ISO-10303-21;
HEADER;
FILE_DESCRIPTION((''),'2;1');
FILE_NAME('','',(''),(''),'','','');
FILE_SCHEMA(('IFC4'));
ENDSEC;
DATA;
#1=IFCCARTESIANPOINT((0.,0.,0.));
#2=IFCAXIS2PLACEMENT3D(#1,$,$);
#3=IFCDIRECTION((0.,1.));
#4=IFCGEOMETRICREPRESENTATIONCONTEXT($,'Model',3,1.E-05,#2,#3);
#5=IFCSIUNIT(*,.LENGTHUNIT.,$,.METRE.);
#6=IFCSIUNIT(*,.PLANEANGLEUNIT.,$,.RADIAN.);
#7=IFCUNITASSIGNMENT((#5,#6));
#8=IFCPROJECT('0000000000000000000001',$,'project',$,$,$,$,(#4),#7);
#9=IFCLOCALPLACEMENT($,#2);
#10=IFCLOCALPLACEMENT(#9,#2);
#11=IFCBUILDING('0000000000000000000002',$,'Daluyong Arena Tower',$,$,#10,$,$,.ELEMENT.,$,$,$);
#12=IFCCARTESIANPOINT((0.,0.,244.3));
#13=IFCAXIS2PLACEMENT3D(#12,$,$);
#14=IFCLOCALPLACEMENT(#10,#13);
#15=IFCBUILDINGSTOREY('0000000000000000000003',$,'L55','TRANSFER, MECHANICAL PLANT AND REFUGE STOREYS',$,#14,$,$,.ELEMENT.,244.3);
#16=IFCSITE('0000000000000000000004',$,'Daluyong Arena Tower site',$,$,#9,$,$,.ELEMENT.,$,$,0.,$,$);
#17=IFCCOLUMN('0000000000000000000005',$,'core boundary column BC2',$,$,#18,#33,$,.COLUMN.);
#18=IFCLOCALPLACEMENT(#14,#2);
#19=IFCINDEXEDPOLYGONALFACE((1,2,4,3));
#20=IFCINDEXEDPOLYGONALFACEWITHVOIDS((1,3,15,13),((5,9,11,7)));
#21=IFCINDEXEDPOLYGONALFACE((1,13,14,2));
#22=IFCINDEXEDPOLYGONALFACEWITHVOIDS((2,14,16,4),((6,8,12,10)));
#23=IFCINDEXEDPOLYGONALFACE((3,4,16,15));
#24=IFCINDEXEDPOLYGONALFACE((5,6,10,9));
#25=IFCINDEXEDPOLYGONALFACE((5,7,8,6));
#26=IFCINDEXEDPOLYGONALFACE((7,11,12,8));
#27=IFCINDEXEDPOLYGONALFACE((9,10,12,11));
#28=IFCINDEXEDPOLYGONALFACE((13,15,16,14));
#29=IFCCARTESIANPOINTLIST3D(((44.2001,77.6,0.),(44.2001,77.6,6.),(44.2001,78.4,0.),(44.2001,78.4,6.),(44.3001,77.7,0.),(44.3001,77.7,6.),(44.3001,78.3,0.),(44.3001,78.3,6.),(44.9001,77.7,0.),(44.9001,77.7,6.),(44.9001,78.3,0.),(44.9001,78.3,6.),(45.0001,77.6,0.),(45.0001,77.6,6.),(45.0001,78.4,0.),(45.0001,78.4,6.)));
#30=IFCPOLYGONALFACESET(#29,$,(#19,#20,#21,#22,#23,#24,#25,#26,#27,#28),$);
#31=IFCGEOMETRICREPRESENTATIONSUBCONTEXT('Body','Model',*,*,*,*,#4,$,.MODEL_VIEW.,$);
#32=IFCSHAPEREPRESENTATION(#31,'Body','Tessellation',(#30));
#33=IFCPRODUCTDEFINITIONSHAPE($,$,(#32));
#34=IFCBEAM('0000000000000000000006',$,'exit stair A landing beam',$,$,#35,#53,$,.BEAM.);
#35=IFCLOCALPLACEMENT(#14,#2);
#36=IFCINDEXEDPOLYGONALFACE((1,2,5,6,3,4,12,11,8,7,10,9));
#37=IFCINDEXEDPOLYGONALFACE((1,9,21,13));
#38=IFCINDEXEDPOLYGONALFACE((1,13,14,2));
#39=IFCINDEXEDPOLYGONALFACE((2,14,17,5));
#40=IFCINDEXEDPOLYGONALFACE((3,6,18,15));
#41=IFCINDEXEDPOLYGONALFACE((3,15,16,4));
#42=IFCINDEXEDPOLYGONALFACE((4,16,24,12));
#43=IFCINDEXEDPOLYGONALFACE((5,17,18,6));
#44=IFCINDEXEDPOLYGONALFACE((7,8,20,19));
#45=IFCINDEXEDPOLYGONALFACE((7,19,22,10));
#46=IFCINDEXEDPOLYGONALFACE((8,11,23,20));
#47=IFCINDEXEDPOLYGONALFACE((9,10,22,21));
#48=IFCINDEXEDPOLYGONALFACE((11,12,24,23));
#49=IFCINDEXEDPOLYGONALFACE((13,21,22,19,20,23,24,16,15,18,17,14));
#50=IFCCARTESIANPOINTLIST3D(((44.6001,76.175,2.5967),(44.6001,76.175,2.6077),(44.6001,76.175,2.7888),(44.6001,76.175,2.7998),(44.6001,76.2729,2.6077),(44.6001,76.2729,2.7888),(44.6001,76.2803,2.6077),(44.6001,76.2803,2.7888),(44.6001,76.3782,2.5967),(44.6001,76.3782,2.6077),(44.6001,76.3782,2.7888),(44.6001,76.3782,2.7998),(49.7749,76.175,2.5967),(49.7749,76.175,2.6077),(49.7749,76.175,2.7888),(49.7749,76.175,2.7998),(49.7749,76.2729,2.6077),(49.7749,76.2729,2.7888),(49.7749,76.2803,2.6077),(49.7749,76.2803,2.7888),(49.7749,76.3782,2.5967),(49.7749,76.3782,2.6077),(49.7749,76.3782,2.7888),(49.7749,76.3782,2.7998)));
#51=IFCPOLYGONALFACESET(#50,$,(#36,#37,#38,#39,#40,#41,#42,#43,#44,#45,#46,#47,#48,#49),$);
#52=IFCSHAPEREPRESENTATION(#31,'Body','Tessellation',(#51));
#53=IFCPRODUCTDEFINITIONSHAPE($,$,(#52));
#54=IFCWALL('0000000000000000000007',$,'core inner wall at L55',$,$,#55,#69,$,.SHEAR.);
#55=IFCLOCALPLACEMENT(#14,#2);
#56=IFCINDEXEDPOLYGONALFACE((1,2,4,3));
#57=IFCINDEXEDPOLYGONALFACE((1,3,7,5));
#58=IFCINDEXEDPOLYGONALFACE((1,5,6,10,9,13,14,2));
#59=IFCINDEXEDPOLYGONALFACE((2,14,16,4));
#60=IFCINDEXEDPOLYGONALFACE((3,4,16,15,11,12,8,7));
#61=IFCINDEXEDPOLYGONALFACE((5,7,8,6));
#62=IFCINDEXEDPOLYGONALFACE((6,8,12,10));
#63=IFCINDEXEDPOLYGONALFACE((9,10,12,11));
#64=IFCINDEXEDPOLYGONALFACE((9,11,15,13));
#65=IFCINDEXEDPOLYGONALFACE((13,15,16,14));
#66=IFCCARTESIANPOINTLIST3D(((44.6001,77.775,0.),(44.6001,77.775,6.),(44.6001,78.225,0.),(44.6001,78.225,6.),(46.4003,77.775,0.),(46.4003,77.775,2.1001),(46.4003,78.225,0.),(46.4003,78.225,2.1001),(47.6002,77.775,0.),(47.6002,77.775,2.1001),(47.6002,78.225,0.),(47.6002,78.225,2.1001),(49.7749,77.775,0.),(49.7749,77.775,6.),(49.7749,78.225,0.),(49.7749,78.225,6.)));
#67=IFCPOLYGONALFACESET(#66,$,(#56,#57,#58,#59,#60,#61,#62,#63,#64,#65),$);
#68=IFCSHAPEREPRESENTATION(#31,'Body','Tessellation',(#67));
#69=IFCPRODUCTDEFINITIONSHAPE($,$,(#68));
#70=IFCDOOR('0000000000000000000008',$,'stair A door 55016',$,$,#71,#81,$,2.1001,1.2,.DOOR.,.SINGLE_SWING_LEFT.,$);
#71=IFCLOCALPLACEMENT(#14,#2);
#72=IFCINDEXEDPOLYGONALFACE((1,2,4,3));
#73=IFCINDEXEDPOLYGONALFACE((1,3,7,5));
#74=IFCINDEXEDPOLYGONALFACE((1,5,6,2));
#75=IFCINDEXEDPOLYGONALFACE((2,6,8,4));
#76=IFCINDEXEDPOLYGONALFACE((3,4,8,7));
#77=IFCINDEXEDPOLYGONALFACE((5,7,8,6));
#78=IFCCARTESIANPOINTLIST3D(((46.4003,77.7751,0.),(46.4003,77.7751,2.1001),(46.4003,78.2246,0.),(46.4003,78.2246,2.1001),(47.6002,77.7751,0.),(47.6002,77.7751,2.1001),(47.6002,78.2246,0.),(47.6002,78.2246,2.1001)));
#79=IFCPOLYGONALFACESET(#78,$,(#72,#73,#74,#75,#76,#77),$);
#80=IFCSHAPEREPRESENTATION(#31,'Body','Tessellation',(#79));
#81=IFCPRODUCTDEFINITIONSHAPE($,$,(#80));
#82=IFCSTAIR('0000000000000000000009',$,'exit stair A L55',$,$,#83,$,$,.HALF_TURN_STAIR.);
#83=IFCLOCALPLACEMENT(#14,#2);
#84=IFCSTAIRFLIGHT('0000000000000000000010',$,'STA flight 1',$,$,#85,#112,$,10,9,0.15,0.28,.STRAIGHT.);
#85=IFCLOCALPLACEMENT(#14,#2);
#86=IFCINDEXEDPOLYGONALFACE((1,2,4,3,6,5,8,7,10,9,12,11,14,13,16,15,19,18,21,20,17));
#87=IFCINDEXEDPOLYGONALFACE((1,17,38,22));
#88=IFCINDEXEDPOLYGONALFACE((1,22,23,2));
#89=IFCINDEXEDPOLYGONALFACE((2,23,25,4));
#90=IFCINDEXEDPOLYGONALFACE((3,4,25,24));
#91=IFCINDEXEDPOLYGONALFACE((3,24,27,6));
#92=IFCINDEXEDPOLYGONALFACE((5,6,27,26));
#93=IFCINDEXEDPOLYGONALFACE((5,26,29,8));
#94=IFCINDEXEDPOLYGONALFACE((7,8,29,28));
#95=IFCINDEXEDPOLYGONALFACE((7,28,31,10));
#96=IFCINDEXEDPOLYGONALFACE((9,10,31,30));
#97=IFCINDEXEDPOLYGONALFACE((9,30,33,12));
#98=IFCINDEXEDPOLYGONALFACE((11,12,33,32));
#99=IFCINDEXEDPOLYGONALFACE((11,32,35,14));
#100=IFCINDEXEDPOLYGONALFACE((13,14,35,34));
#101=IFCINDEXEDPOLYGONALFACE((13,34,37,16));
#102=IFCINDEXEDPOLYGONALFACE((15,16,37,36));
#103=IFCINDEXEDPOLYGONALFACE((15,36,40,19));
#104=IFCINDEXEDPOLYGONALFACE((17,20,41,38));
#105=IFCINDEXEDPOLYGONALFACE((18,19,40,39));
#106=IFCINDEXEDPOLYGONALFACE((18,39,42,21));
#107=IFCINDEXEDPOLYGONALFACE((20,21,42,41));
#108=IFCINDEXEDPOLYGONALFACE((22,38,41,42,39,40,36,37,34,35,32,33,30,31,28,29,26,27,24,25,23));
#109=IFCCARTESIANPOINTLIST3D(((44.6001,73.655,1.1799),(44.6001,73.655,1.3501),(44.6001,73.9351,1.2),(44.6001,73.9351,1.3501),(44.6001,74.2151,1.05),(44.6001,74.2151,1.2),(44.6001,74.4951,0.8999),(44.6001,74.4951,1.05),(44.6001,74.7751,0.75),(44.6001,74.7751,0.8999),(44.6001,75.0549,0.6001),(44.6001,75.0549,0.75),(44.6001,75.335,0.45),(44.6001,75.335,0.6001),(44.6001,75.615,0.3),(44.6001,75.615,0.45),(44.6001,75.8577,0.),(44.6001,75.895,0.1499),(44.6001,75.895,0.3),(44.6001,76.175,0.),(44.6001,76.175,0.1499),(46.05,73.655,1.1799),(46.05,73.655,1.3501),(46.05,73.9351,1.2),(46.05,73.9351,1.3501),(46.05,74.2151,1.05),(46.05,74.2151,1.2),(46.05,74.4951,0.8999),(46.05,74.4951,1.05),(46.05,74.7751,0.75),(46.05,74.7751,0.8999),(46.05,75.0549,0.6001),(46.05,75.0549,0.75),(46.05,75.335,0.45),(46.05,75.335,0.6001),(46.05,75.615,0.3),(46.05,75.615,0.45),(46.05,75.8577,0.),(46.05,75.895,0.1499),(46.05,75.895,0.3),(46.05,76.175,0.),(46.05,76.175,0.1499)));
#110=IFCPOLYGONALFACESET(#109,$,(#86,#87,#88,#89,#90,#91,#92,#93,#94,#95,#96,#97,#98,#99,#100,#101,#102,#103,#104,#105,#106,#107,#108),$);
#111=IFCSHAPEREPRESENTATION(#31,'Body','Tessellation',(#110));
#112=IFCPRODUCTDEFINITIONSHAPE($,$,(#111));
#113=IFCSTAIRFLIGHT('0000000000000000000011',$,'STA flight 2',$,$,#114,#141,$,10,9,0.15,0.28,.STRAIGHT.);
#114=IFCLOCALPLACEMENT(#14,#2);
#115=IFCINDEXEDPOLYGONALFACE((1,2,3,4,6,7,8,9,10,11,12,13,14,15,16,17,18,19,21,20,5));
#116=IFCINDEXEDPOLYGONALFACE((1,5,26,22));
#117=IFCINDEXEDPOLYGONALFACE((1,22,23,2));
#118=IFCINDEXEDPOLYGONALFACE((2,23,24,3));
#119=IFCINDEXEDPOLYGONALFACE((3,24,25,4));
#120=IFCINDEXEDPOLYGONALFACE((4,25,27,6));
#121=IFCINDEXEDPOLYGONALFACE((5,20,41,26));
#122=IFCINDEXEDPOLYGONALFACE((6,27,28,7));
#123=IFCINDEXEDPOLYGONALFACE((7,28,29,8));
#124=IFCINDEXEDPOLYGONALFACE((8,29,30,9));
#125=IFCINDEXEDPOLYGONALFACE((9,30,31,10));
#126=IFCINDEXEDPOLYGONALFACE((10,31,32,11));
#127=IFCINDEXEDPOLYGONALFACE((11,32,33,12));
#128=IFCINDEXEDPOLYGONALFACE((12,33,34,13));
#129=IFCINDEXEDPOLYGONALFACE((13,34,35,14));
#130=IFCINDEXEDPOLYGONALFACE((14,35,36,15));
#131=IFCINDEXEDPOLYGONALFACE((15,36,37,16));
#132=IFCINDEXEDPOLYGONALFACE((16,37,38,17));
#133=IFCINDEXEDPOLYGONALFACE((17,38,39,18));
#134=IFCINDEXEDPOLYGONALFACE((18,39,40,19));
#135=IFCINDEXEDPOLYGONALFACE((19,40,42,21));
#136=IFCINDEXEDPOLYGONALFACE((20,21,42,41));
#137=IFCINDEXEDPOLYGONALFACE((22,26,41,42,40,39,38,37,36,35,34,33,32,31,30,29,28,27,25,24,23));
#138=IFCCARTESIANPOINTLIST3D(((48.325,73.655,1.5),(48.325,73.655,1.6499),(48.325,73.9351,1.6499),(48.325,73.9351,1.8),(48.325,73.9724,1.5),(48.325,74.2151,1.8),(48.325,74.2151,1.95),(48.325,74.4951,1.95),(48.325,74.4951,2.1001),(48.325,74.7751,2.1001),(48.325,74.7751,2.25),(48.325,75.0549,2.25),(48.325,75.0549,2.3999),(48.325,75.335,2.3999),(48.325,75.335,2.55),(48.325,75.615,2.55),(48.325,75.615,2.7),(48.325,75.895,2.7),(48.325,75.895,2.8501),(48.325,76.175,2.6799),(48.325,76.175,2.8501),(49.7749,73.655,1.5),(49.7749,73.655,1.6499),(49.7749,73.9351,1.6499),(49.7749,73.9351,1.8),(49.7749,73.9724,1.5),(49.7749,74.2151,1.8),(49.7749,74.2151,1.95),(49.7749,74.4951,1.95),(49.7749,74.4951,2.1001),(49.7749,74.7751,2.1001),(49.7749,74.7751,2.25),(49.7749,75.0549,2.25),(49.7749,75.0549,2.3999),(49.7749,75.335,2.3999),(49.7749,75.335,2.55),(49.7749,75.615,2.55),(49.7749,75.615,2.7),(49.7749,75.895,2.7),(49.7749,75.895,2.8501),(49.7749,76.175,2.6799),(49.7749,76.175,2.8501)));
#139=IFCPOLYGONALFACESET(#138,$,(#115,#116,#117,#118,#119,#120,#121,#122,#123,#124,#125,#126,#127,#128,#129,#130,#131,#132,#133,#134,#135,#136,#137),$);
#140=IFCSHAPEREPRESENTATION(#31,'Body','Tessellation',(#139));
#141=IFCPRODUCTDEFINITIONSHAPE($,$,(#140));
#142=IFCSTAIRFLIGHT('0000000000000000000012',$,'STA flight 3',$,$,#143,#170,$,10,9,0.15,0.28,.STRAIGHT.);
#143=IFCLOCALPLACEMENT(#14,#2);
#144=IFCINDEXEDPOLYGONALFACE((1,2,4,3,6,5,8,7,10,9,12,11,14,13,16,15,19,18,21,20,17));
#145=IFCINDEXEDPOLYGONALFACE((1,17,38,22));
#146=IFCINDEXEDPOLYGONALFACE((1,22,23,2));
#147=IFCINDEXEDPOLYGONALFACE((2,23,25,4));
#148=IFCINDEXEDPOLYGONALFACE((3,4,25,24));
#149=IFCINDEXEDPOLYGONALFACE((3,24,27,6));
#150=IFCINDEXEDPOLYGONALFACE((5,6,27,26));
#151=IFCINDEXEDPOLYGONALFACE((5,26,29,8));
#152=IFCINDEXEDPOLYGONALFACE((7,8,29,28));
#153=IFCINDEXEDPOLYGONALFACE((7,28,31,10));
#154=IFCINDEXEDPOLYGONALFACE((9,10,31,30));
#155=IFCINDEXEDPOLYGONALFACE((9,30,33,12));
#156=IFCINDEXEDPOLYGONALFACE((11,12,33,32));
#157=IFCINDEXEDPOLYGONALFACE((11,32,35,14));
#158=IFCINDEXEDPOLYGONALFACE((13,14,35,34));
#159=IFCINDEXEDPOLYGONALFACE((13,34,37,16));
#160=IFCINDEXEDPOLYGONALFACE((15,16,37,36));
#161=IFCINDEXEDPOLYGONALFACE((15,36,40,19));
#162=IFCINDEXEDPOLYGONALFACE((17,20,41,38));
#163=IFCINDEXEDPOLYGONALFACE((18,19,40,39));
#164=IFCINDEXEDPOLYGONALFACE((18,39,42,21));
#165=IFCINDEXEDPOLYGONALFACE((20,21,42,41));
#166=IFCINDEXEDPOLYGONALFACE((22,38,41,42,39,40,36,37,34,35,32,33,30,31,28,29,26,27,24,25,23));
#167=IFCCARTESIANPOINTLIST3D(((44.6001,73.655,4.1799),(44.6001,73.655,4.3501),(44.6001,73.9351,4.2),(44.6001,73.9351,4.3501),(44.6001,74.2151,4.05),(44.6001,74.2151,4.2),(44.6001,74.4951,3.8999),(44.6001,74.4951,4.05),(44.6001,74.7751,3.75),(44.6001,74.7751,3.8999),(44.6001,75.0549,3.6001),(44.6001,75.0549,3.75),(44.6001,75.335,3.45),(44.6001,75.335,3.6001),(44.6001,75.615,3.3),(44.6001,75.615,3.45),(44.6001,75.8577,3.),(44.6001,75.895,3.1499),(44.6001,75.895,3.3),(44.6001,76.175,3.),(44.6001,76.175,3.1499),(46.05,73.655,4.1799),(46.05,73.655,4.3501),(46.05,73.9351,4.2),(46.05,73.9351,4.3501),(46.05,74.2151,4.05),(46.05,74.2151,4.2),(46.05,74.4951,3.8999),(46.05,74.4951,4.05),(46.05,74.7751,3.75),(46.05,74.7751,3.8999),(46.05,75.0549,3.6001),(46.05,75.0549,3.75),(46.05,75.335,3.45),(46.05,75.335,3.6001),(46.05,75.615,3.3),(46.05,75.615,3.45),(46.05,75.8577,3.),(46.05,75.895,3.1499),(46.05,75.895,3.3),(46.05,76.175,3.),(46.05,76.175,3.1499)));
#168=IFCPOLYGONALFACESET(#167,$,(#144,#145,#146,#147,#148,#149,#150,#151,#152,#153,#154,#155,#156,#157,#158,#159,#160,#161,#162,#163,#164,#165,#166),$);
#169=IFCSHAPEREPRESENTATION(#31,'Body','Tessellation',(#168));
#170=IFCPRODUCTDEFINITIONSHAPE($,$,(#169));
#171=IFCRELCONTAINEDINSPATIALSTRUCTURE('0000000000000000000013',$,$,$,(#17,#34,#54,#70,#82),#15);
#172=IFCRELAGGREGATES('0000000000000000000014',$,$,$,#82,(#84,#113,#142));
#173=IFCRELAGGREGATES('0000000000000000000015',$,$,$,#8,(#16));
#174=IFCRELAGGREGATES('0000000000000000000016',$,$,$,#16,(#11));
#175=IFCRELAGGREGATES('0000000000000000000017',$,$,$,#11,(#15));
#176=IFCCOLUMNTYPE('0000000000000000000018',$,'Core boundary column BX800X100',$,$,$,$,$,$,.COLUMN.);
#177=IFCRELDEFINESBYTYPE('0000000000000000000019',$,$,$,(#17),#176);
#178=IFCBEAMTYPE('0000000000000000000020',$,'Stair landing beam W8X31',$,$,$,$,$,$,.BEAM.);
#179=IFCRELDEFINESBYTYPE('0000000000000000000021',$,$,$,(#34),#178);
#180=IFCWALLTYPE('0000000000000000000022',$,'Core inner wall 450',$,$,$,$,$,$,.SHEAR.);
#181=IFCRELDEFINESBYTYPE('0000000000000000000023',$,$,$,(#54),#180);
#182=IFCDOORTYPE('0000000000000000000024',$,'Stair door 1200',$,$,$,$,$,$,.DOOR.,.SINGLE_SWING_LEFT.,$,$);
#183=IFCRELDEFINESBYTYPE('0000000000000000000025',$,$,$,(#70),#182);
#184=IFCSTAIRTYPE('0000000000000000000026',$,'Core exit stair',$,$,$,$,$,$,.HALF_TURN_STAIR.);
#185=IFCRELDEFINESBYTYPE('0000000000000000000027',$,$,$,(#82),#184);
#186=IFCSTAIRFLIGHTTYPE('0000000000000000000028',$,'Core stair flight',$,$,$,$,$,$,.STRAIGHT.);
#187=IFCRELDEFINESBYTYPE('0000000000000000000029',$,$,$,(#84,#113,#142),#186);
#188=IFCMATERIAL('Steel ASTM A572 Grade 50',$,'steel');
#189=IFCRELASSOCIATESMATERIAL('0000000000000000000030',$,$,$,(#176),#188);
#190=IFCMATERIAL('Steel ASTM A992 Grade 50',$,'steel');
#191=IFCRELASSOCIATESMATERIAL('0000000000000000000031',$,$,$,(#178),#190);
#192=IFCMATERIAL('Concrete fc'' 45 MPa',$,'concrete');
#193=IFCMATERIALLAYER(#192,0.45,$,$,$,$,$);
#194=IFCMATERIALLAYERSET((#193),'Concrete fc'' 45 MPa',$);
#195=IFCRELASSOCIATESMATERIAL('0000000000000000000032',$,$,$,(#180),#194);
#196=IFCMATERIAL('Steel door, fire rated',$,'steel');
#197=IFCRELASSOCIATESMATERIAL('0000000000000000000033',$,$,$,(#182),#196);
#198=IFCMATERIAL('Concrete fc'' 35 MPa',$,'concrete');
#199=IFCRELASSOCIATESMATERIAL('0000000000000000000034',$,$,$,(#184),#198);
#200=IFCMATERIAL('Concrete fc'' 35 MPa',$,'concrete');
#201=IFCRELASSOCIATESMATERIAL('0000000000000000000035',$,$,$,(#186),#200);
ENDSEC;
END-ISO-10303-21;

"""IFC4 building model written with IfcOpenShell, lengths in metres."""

from ifc_helpers import new_model, si_unit, direction, frame, frame_2d, origin, origin_2d, place, context, subcontext, project, spatial, polyline, rectangle, hollow_rectangle, i_section, outline, extrude, material, layer, layer_set, material_profile, profile_set, type_object, element, fill, aggregate, save


model = new_model("IFC4")

# Units and contexts
model_context = context("Model", 3, precision=1e-05, world=origin(), true_north=direction((0.0, 1.0)))
body_context = subcontext(model_context, "Body", "Model", "MODEL_VIEW")
ifc_project = project(units=[si_unit("LENGTHUNIT", "METRE"), si_unit("PLANEANGLEUNIT", "RADIAN")], contexts=[model_context])

# Site, building, storey
site_placement = place(None, origin())
site = spatial("IfcSite", under=ifc_project, at=site_placement, Name="Daluyong Arena Tower site", CompositionType="ELEMENT", RefElevation=0.0)
building_placement = place(site_placement, origin())
building = spatial("IfcBuilding", under=site, at=building_placement, Name="Daluyong Arena Tower", CompositionType="ELEMENT")
storey_placement = place(building_placement, frame((0.0, 0.0, 244.3)))
storey = spatial("IfcBuildingStorey", under=building, at=storey_placement, Name="L55", Description="TRANSFER, MECHANICAL PLANT AND REFUGE STOREYS", CompositionType="ELEMENT", Elevation=244.3)

# Column
ifc_material_1 = material(Name="Steel ASTM A572 Grade 50", Category="steel")
ifc_material_profile_1 = material_profile(ifc_material_1, hollow_rectangle(XDim=0.8, YDim=0.8, WallThickness=0.1, at=origin_2d()))
ifc_profile_set_1 = profile_set([ifc_material_profile_1], Name="Steel ASTM A572 Grade 50")
column_type = type_object("IfcColumnType", Name="Core boundary column BX800X100", PredefinedType="COLUMN", material=ifc_profile_set_1)
column_placement = place(storey_placement, frame((44.6001, 78.0, 0.0), z_axis=(0.0, 0.0, 1.0), x_axis=(1.0, 0.0, 0.0)))
element("IfcColumn", 1, at=column_placement, inside=storey, type_object=column_type, Name="core boundary column BC2", PredefinedType="COLUMN", context=body_context, shape_type="SweptSolid", body=[
    extrude(hollow_rectangle(XDim=0.8, YDim=0.8, WallThickness=0.1, at=origin_2d()), origin(), (0.0, 0.0, 1.0), 6.0),
])

# Beam
ifc_material_2 = material(Name="Steel ASTM A992 Grade 50", Category="steel")
ifc_material_profile_2 = material_profile(ifc_material_2, i_section(OverallWidth=0.2031, OverallDepth=0.2031, WebThickness=0.0073, FlangeThickness=0.011, at=origin_2d()))
ifc_profile_set_2 = profile_set([ifc_material_profile_2], Name="Steel ASTM A992 Grade 50")
beam_type = type_object("IfcBeamType", Name="Stair landing beam W8X31", PredefinedType="BEAM", material=ifc_profile_set_2)
beam_placement = place(storey_placement, frame((44.6001, 76.2766, 2.6982), z_axis=(1.0, 0.0, 0.0), x_axis=(0.0, 1.0, 0.0)))
element("IfcBeam", 2, at=beam_placement, inside=storey, type_object=beam_type, Name="exit stair A landing beam", PredefinedType="BEAM", context=body_context, shape_type="SweptSolid", body=[
    extrude(i_section(OverallWidth=0.2031, OverallDepth=0.2031, WebThickness=0.0073, FlangeThickness=0.011, at=origin_2d()), origin(), (0.0, 0.0, 1.0), 5.1748),
])

# Wall, opening, door
ifc_material_3 = material(Name="Concrete fc' 45 MPa", Category="concrete")
ifc_layer = layer(ifc_material_3, 0.45)
ifc_layer_set = layer_set([ifc_layer], Name="Concrete fc' 45 MPa")
wall_type = type_object("IfcWallType", Name="Core inner wall 450", PredefinedType="SHEAR", material=ifc_layer_set)
wall_placement = place(storey_placement, frame((44.6001, 78.0, 0.0), z_axis=(0.0, 0.0, 1.0), x_axis=(1.0, 0.0, 0.0)))
wall = element("IfcWall", 3, at=wall_placement, inside=storey, type_object=wall_type, Name="core inner wall at L55", PredefinedType="SHEAR", context=body_context, shape_type="SweptSolid", body=[
    extrude(rectangle(XDim=5.1748, YDim=0.45, at=frame_2d((2.5874, 0.0))), origin(), (0.0, 0.0, 1.0), 6.0),
])
opening_placement = place(wall_placement, frame((1.8, 0.0, 0.0)))
opening = element("IfcOpeningElement", 4, at=opening_placement, cuts=wall, PredefinedType="OPENING", context=body_context, shape_type="SweptSolid", body=[
    extrude(rectangle(XDim=1.2, YDim=2.1001, at=frame_2d((0.6001, 1.05))), frame((0.0, 0.2349, 0.0), z_axis=(0.0, -1.0, 0.0), x_axis=(1.0, 0.0, 0.0)), (0.0, 0.0, 1.0), 0.47),
])
ifc_material_4 = material(Name="Steel door, fire rated", Category="steel")
door_type = type_object("IfcDoorType", Name="Stair door 1200", OperationType="SINGLE_SWING_LEFT", PredefinedType="DOOR", material=ifc_material_4)
door_placement = place(opening_placement, origin())
door = element("IfcDoor", 5, at=door_placement, inside=storey, type_object=door_type, Name="stair A door 55016", OperationType="SINGLE_SWING_LEFT", OverallHeight=2.1001, OverallWidth=1.2, PredefinedType="DOOR", context=body_context, shape_type="SweptSolid", body=[
    extrude(rectangle(XDim=1.2, YDim=2.1001, at=frame_2d((0.6001, 1.05))), frame((0.0, 0.2246, 0.0), z_axis=(0.0, -1.0, 0.0), x_axis=(1.0, 0.0, 0.0)), (0.0, 0.0, 1.0), 0.4495),
])
fill(opening, door)

# Stair, stair flights
ifc_material_5 = material(Name="Concrete fc' 35 MPa", Category="concrete")
stair_type = type_object("IfcStairType", Name="Core exit stair", PredefinedType="HALF_TURN_STAIR", material=ifc_material_5)
stair_placement = place(storey_placement, origin())
stair = element("IfcStair", 6, at=stair_placement, inside=storey, type_object=stair_type, Name="exit stair A L55", PredefinedType="HALF_TURN_STAIR")
ifc_material_6 = material(Name="Concrete fc' 35 MPa", Category="concrete")
stair_flight_type = type_object("IfcStairFlightType", Name="Core stair flight", PredefinedType="STRAIGHT", material=ifc_material_6)
stair_flight_1_placement = place(storey_placement, frame((45.325, 76.175, 0.0), z_axis=(0.0, 0.0, 1.0), x_axis=(0.0, -1.0, 0.0)))
stair_flight_1 = element("IfcStairFlight", 7, at=stair_flight_1_placement, type_object=stair_flight_type, Name="STA flight 1", NumberOfRisers=10, NumberOfTreads=9, PredefinedType="STRAIGHT", RiserHeight=0.15, TreadLength=0.28, context=body_context, shape_type="SweptSolid", body=[
    extrude(outline(polyline([(0.0, 0.0), (0.0, 0.1499), (0.28, 0.1499), (0.28, 0.3), (0.5601, 0.3), (0.5601, 0.45), (0.8401, 0.45), (0.8401, 0.6001), (1.1201, 0.6001), (1.1201, 0.75), (1.3999, 0.75), (1.3999, 0.8999), (1.6799, 0.8999), (1.6799, 1.05), (1.96, 1.05), (1.96, 1.2), (2.24, 1.2), (2.24, 1.3501), (2.52, 1.3501), (2.52, 1.5), (2.52, 1.1799), (0.3174, 0.0), (0.0, 0.0)])), frame((0.0, 0.7251, 0.0), z_axis=(0.0, -1.0, 0.0), x_axis=(1.0, 0.0, 0.0)), (0.0, 0.0, 1.0), 1.45),
])
stair_flight_2_placement = place(storey_placement, frame((49.05, 73.655, 1.5), z_axis=(0.0, 0.0, 1.0), x_axis=(0.0, 1.0, 0.0)))
stair_flight_2 = element("IfcStairFlight", 8, at=stair_flight_2_placement, type_object=stair_flight_type, Name="STA flight 2", NumberOfRisers=10, NumberOfTreads=9, PredefinedType="STRAIGHT", RiserHeight=0.15, TreadLength=0.28, context=body_context, shape_type="SweptSolid", body=[
    extrude(outline(polyline([(0.0, 0.0), (0.0, 0.1499), (0.28, 0.1499), (0.28, 0.3), (0.5601, 0.3), (0.5601, 0.45), (0.8401, 0.45), (0.8401, 0.6001), (1.1201, 0.6001), (1.1201, 0.75), (1.3999, 0.75), (1.3999, 0.8999), (1.6799, 0.8999), (1.6799, 1.05), (1.96, 1.05), (1.96, 1.2), (2.24, 1.2), (2.24, 1.3501), (2.52, 1.3501), (2.52, 1.5), (2.52, 1.1799), (0.3174, 0.0), (0.0, 0.0)])), frame((0.0, 0.7251, 0.0), z_axis=(0.0, -1.0, 0.0), x_axis=(1.0, 0.0, 0.0)), (0.0, 0.0, 1.0), 1.45),
])
stair_flight_3_placement = place(storey_placement, frame((45.325, 76.175, 3.0), z_axis=(0.0, 0.0, 1.0), x_axis=(0.0, -1.0, 0.0)))
stair_flight_3 = element("IfcStairFlight", 9, at=stair_flight_3_placement, type_object=stair_flight_type, Name="STA flight 3", NumberOfRisers=10, NumberOfTreads=9, PredefinedType="STRAIGHT", RiserHeight=0.15, TreadLength=0.28, context=body_context, shape_type="SweptSolid", body=[
    extrude(outline(polyline([(0.0, 0.0), (0.0, 0.1499), (0.28, 0.1499), (0.28, 0.3), (0.5601, 0.3), (0.5601, 0.45), (0.8401, 0.45), (0.8401, 0.6001), (1.1201, 0.6001), (1.1201, 0.75), (1.3999, 0.75), (1.3999, 0.8999), (1.6799, 0.8999), (1.6799, 1.05), (1.96, 1.05), (1.96, 1.2), (2.24, 1.2), (2.24, 1.3501), (2.52, 1.3501), (2.52, 1.5), (2.52, 1.1799), (0.3174, 0.0), (0.0, 0.0)])), frame((0.0, 0.7251, 0.0), z_axis=(0.0, -1.0, 0.0), x_axis=(1.0, 0.0, 0.0)), (0.0, 0.0, 1.0), 1.45),
])
aggregate(stair, [stair_flight_1, stair_flight_2, stair_flight_3])

save(model, "model.ifc")
